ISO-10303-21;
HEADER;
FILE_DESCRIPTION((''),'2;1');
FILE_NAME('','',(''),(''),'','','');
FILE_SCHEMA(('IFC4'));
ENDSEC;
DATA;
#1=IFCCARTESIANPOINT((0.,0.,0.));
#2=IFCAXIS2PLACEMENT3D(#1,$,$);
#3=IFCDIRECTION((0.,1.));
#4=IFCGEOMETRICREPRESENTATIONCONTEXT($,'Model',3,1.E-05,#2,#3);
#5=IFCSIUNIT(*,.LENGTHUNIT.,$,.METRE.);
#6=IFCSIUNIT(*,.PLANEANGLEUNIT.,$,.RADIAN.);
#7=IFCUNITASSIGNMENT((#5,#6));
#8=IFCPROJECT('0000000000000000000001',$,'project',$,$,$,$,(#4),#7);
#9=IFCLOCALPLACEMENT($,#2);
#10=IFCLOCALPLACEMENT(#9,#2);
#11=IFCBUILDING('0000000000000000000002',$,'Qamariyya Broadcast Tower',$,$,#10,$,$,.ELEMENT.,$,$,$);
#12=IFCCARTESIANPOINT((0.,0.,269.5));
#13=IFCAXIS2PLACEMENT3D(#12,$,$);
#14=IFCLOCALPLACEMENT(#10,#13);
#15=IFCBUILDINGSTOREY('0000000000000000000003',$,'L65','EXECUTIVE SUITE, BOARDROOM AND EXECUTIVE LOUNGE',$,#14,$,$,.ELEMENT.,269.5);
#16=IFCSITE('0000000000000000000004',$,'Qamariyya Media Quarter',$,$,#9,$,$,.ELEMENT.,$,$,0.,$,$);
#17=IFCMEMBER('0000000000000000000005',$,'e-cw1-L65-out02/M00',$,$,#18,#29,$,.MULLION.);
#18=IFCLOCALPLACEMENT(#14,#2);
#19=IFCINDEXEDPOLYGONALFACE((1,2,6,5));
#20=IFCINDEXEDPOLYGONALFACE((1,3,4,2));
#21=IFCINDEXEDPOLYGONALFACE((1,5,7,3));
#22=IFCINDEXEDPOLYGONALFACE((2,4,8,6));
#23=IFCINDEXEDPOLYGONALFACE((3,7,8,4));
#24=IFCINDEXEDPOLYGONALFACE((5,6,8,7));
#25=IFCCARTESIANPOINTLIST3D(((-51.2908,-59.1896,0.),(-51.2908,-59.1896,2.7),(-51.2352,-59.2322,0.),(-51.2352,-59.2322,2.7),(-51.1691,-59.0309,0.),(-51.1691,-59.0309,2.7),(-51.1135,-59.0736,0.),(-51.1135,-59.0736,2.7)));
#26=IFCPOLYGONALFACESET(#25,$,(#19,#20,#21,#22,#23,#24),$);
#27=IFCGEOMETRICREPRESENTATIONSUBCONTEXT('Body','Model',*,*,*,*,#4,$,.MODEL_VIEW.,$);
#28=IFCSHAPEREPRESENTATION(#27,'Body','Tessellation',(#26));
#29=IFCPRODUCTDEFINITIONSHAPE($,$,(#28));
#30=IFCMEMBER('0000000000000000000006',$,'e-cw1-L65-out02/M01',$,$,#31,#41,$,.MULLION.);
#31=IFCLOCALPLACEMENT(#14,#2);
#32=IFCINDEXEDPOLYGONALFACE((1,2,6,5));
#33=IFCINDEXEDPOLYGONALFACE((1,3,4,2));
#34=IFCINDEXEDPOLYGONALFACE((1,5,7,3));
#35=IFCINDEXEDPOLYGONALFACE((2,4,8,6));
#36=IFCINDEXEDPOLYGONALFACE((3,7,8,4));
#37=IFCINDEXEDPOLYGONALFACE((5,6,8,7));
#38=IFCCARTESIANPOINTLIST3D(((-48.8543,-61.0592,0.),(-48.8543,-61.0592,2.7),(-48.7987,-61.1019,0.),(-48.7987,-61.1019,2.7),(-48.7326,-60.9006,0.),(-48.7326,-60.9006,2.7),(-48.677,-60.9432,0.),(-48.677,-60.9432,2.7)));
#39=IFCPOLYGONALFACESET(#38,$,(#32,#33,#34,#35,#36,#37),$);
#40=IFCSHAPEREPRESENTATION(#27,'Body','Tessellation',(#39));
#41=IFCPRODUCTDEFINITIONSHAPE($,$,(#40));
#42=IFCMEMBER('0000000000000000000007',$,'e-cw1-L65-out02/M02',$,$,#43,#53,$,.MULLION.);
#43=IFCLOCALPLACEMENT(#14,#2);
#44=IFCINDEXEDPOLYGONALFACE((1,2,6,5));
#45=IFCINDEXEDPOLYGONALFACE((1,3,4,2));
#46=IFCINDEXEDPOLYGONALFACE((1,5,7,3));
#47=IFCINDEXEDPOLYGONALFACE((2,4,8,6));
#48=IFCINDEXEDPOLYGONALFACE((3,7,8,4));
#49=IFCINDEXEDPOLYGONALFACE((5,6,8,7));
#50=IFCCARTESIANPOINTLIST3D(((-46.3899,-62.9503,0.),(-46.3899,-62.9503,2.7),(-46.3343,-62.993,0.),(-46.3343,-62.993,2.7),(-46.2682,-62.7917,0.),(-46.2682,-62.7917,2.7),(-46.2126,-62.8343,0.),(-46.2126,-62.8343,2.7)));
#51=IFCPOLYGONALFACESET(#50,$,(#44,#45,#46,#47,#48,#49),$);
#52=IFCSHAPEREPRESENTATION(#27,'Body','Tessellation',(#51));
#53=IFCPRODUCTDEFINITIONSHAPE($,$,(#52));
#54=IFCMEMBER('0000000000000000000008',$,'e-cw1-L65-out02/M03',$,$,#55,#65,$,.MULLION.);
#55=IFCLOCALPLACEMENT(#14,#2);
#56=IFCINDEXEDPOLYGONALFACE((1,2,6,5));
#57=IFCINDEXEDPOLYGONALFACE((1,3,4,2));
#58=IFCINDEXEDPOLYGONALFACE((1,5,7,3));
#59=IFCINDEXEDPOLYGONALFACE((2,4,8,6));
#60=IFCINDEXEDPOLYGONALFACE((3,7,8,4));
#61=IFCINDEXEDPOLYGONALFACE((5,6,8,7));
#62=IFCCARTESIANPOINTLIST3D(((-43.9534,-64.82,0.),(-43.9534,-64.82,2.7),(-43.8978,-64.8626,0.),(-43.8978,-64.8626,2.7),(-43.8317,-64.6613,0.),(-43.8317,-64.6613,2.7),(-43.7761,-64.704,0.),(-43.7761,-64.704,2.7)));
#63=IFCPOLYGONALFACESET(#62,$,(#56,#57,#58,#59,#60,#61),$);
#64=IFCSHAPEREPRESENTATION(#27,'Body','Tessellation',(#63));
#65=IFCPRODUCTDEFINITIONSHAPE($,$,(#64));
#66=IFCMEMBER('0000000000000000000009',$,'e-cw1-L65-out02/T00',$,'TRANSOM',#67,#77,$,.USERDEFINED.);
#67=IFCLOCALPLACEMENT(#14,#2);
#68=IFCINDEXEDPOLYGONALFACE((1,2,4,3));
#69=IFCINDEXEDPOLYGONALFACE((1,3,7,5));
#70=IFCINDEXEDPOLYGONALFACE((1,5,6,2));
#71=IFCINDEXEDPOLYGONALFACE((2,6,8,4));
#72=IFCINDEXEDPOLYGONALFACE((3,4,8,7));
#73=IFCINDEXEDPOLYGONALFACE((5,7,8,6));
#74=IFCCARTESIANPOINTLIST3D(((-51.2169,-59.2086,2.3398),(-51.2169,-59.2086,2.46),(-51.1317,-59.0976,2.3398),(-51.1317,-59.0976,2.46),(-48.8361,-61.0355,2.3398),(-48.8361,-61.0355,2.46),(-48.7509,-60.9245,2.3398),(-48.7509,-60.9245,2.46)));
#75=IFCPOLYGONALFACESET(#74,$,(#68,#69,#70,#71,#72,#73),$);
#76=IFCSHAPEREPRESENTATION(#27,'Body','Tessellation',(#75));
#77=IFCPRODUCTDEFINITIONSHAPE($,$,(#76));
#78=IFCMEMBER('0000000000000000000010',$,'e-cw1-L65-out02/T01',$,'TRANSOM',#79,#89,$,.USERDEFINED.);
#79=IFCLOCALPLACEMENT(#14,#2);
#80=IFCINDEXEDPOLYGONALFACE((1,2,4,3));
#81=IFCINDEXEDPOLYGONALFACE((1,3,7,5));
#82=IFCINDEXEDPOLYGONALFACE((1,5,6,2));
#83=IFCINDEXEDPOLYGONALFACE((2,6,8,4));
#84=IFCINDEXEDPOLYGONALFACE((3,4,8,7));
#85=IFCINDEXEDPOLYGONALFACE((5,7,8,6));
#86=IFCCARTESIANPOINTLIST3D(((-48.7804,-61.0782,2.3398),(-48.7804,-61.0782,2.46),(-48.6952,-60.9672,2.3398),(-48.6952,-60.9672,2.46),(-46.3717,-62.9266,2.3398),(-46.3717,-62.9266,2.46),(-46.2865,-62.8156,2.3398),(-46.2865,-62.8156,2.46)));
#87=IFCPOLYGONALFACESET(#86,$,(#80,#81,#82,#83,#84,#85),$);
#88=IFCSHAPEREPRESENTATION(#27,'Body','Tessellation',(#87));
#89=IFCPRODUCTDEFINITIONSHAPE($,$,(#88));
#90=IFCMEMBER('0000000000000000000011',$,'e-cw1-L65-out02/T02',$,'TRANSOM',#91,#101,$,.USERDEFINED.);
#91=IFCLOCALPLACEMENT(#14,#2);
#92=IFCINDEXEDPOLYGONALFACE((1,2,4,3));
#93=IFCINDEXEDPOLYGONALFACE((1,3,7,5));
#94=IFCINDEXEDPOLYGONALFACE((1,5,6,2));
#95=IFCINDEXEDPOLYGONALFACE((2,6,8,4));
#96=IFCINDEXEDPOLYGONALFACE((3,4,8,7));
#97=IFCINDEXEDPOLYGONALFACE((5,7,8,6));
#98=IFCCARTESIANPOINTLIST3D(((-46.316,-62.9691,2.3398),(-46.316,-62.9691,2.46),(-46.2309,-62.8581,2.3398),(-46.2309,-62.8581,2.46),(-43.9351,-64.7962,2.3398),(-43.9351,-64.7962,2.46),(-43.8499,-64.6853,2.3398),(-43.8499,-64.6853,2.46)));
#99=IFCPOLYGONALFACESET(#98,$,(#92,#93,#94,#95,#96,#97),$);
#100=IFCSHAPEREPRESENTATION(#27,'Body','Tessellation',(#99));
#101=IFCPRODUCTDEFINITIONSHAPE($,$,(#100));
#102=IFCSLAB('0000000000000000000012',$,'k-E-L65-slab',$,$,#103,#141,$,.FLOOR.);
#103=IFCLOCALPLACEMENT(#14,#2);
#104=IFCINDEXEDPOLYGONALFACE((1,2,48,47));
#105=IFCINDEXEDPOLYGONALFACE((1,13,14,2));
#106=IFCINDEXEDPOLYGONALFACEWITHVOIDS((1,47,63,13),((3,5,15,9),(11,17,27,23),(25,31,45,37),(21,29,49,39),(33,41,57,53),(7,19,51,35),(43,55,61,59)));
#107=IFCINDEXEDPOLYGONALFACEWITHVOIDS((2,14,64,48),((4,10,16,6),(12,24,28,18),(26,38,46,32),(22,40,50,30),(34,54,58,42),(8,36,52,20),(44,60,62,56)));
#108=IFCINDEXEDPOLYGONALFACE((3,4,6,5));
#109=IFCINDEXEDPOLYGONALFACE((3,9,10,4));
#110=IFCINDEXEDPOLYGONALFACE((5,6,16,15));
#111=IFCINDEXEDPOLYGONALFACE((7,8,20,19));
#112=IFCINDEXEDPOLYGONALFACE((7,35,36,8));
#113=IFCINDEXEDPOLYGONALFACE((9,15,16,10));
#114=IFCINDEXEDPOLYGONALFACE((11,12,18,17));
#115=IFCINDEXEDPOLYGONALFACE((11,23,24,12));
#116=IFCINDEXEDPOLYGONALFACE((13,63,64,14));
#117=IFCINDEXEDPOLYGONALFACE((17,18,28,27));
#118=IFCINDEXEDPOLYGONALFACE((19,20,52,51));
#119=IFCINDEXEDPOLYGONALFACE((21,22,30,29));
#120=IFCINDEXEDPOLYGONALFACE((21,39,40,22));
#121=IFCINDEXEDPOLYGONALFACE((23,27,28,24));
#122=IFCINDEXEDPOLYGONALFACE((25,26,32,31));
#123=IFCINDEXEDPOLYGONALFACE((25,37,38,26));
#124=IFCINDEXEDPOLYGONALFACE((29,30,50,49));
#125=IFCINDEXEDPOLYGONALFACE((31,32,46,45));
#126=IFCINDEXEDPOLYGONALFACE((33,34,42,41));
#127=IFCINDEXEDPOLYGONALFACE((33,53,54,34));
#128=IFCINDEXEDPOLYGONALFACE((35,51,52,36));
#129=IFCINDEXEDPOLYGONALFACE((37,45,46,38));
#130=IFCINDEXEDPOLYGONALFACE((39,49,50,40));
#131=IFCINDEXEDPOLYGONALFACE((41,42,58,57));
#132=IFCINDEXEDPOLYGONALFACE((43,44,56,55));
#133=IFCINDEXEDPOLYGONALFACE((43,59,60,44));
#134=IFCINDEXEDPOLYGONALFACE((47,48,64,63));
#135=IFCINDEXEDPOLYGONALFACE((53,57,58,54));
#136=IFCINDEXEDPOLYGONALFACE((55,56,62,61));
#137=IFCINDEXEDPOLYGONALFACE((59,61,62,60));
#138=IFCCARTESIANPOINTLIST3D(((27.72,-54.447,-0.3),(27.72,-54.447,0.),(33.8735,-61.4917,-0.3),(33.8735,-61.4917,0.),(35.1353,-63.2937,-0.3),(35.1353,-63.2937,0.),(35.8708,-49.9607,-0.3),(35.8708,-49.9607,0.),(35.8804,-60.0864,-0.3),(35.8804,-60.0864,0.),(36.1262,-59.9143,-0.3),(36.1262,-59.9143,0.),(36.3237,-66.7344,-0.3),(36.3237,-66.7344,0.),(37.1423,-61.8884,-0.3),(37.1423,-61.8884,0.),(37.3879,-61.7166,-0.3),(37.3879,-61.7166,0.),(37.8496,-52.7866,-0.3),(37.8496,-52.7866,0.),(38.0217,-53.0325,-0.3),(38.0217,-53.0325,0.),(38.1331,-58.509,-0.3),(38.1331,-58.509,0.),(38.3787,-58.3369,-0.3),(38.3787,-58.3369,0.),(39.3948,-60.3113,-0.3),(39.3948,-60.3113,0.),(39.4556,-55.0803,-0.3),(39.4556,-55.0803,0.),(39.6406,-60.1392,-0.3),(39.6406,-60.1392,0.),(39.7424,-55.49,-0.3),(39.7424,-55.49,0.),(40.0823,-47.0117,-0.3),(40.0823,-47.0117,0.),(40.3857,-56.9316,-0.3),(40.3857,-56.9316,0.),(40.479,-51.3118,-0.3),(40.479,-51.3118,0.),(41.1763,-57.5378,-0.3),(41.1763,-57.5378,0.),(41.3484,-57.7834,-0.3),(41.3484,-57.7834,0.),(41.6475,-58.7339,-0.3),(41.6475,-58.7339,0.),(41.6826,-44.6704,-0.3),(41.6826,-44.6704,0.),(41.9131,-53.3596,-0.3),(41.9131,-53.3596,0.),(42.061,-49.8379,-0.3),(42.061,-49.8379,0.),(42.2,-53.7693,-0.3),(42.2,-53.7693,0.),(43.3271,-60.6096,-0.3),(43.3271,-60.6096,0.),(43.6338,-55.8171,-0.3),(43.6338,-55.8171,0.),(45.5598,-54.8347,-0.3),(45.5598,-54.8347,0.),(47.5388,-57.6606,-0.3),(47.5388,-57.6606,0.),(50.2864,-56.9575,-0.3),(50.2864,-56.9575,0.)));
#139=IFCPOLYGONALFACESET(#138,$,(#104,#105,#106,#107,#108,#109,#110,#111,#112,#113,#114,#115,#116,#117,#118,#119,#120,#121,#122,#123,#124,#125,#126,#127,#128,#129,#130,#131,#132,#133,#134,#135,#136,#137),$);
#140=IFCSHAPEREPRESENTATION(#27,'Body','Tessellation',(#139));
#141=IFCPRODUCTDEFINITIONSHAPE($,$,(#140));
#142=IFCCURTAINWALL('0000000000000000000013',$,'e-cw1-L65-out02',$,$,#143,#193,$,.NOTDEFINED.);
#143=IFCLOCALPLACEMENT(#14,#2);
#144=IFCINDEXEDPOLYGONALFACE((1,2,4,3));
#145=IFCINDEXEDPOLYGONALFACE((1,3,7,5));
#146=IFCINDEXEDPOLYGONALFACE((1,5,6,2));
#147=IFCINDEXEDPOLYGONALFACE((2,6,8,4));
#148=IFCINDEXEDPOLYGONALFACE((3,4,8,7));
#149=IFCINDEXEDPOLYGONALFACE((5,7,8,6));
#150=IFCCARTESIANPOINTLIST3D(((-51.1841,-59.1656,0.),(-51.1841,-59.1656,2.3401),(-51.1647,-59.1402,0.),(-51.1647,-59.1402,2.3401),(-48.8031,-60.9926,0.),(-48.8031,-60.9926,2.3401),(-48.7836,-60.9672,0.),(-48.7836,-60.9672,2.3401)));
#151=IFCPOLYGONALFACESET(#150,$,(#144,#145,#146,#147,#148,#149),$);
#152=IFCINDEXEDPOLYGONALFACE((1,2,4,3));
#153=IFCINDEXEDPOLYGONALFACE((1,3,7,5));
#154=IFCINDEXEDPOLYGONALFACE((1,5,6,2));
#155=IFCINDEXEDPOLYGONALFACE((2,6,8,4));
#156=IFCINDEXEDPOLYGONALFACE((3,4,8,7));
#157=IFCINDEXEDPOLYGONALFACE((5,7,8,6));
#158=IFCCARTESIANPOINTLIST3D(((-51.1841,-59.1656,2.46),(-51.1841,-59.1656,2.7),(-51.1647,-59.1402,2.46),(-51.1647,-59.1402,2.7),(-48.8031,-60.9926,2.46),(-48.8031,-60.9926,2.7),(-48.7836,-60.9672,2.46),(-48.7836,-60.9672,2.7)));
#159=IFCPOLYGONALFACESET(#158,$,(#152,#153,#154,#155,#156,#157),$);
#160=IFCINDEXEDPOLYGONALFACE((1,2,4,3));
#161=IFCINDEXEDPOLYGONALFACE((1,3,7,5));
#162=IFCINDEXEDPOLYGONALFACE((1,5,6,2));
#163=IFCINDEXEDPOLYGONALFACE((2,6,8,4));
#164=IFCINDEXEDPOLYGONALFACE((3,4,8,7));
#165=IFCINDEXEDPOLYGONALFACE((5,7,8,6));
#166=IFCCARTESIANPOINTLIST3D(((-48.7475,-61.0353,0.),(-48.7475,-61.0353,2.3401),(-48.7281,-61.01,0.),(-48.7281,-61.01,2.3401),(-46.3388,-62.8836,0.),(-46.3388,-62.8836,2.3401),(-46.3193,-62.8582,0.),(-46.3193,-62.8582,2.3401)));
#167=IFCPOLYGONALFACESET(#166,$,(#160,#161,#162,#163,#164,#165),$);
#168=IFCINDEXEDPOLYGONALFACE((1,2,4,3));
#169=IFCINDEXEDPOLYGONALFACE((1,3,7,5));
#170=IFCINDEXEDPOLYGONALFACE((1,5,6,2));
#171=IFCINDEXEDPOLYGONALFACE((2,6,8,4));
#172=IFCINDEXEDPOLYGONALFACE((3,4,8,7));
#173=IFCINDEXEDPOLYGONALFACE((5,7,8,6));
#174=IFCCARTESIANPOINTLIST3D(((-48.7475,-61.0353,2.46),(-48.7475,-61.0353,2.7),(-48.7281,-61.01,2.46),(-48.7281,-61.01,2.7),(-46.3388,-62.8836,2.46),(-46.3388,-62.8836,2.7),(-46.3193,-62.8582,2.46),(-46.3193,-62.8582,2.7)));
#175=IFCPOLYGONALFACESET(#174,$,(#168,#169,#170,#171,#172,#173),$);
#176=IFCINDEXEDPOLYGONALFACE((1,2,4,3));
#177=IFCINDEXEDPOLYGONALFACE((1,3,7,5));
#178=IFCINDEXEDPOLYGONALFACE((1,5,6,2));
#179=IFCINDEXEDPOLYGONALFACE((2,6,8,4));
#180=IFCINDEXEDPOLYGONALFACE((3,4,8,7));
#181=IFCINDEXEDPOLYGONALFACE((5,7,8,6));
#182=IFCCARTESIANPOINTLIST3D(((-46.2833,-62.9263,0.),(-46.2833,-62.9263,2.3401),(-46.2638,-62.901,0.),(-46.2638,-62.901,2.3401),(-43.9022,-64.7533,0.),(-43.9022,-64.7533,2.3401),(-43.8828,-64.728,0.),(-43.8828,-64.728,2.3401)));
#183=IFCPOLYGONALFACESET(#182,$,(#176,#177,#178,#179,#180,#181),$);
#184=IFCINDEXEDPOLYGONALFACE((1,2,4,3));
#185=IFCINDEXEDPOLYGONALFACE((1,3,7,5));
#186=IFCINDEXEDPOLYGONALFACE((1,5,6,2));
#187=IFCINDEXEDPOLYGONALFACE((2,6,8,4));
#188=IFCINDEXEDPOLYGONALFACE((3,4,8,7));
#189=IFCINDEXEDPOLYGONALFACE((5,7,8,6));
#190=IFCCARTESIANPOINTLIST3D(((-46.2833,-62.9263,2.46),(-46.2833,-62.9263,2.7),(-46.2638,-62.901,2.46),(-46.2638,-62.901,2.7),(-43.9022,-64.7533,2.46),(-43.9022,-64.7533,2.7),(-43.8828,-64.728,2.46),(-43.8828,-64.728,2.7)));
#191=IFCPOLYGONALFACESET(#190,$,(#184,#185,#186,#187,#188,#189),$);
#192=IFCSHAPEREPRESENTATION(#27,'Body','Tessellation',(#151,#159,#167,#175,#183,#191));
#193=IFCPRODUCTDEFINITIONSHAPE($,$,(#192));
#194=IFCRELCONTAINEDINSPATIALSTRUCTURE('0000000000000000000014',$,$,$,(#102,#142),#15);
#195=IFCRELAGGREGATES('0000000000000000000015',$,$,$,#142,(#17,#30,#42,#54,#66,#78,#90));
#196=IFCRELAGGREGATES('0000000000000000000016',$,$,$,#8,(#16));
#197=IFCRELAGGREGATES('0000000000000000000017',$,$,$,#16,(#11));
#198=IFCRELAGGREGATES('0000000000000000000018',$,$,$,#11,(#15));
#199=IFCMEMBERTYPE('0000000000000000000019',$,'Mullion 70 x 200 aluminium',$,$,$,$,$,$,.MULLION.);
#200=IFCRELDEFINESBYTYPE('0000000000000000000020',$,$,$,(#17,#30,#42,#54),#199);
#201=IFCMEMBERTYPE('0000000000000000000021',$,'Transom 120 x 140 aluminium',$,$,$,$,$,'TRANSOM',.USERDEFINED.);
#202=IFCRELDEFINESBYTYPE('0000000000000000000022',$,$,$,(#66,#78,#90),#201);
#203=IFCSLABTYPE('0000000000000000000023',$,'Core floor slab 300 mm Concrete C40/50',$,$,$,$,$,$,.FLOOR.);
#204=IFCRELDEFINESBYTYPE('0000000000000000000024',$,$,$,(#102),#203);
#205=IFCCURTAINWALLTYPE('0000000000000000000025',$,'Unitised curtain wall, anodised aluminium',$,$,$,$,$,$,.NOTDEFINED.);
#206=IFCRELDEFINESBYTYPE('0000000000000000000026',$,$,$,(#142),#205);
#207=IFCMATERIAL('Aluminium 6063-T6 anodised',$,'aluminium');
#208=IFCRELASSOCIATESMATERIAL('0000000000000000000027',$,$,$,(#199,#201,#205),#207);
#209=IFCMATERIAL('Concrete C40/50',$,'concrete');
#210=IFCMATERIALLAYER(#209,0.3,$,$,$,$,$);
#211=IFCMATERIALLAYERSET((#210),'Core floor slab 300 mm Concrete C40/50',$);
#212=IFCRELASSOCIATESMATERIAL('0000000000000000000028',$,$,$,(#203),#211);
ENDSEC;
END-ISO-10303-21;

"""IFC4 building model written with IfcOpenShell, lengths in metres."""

from ifc_helpers import new_model, si_unit, direction, frame, origin, origin_2d, place, context, subcontext, project, spatial, polyline, rectangle, outline, extrude, material, layer, layer_set, material_profile, profile_set, type_object, element, aggregate, save


model = new_model("IFC4")

# Units and contexts
model_context = context("Model", 3, precision=1e-05, world=origin(), true_north=direction((0.0, 1.0)))
body_context = subcontext(model_context, "Body", "Model", "MODEL_VIEW")
ifc_project = project(units=[si_unit("LENGTHUNIT", "METRE"), si_unit("PLANEANGLEUNIT", "RADIAN")], contexts=[model_context])

# Members
ifc_material_1 = material(Name="Aluminium 6063-T6 anodised", Category="aluminium")
ifc_material_profile_1 = material_profile(ifc_material_1, rectangle(XDim=0.2, YDim=0.0701, at=origin_2d()))
ifc_profile_set_1 = profile_set([ifc_material_profile_1], Name="Aluminium 6063-T6 anodised")
member_type_1 = type_object("IfcMemberType", Name="Mullion 70 x 200 aluminium", PredefinedType="MULLION", material=ifc_profile_set_1)
site_placement = place(None, origin())
building_placement = place(site_placement, origin())
storey_placement = place(building_placement, frame((0.0, 0.0, 269.5)))
member_1_placement = place(storey_placement, frame((-51.2021, -59.1316, 0.0), z_axis=(0.0, 0.0, 1.0), x_axis=(0.608761, 0.793353, 0.0)))
member_1 = element("IfcMember", 1, at=member_1_placement, type_object=member_type_1, Name="e-cw1-L65-out02/M00", PredefinedType="MULLION", context=body_context, shape_type="SweptSolid", body=[
    extrude(rectangle(XDim=0.2, YDim=0.0701, at=origin_2d()), origin(), (0.0, 0.0, 1.0), 2.7),
])
member_2_placement = place(storey_placement, frame((-48.7656, -61.0012, 0.0), z_axis=(0.0, 0.0, 1.0), x_axis=(0.608761, 0.793353, 0.0)))
member_2 = element("IfcMember", 2, at=member_2_placement, type_object=member_type_1, Name="e-cw1-L65-out02/M01", PredefinedType="MULLION", context=body_context, shape_type="SweptSolid", body=[
    extrude(rectangle(XDim=0.2, YDim=0.0701, at=origin_2d()), origin(), (0.0, 0.0, 1.0), 2.7),
])
member_3_placement = place(storey_placement, frame((-46.3013, -62.8923, 0.0), z_axis=(0.0, 0.0, 1.0), x_axis=(0.608761, 0.793353, 0.0)))
member_3 = element("IfcMember", 3, at=member_3_placement, type_object=member_type_1, Name="e-cw1-L65-out02/M02", PredefinedType="MULLION", context=body_context, shape_type="SweptSolid", body=[
    extrude(rectangle(XDim=0.2, YDim=0.0701, at=origin_2d()), origin(), (0.0, 0.0, 1.0), 2.7),
])
member_4_placement = place(storey_placement, frame((-43.8647, -64.762, 0.0), z_axis=(0.0, 0.0, 1.0), x_axis=(0.608761, 0.793353, 0.0)))
member_4 = element("IfcMember", 4, at=member_4_placement, type_object=member_type_1, Name="e-cw1-L65-out02/M03", PredefinedType="MULLION", context=body_context, shape_type="SweptSolid", body=[
    extrude(rectangle(XDim=0.2, YDim=0.0701, at=origin_2d()), origin(), (0.0, 0.0, 1.0), 2.7),
])
ifc_material_profile_2 = material_profile(ifc_material_1, rectangle(XDim=0.1399, YDim=0.1201, at=origin_2d()))
ifc_profile_set_2 = profile_set([ifc_material_profile_2], Name="Aluminium 6063-T6 anodised")
member_type_2 = type_object("IfcMemberType", Name="Transom 120 x 140 aluminium", ElementType="TRANSOM", PredefinedType="USERDEFINED", material=ifc_profile_set_2)
member_5_placement = place(storey_placement, frame((-51.1743, -59.1531, 2.3999), z_axis=(0.793352, -0.608763, 0.0), x_axis=(0.608763, 0.793352, 0.0)))
member_5 = element("IfcMember", 5, at=member_5_placement, type_object=member_type_2, Name="e-cw1-L65-out02/T00", ObjectType="TRANSOM", PredefinedType="USERDEFINED", context=body_context, shape_type="SweptSolid", body=[
    extrude(rectangle(XDim=0.1399, YDim=0.1201, at=origin_2d()), origin(), (0.0, 0.0, 1.0), 3.001),
])
member_6_placement = place(storey_placement, frame((-48.7378, -61.0227, 2.3999), z_axis=(0.793332, -0.608789, 0.0), x_axis=(0.608789, 0.793332, 0.0)))
member_6 = element("IfcMember", 6, at=member_6_placement, type_object=member_type_2, Name="e-cw1-L65-out02/T01", ObjectType="TRANSOM", PredefinedType="USERDEFINED", context=body_context, shape_type="SweptSolid", body=[
    extrude(rectangle(XDim=0.1399, YDim=0.1201, at=origin_2d()), origin(), (0.0, 0.0, 1.0), 3.0361),
])
member_7_placement = place(storey_placement, frame((-46.2734, -62.9136, 2.3999), z_axis=(0.793313, -0.608814, 0.0), x_axis=(0.608814, 0.793313, 0.0)))
member_7 = element("IfcMember", 7, at=member_7_placement, type_object=member_type_2, Name="e-cw1-L65-out02/T02", ObjectType="TRANSOM", PredefinedType="USERDEFINED", context=body_context, shape_type="SweptSolid", body=[
    extrude(rectangle(XDim=0.1399, YDim=0.1201, at=origin_2d()), origin(), (0.0, 0.0, 1.0), 3.0012),
])

# Site, building, storey
site = spatial("IfcSite", under=ifc_project, at=site_placement, Name="Qamariyya Media Quarter", CompositionType="ELEMENT", RefElevation=0.0)
building = spatial("IfcBuilding", under=site, at=building_placement, Name="Qamariyya Broadcast Tower", CompositionType="ELEMENT")
storey = spatial("IfcBuildingStorey", under=building, at=storey_placement, Name="L65", Description="EXECUTIVE SUITE, BOARDROOM AND EXECUTIVE LOUNGE", CompositionType="ELEMENT", Elevation=269.5)

# Slab
ifc_material_2 = material(Name="Concrete C40/50", Category="concrete")
ifc_layer = layer(ifc_material_2, 0.3)
ifc_layer_set = layer_set([ifc_layer], Name="Core floor slab 300 mm Concrete C40/50")
slab_type = type_object("IfcSlabType", Name="Core floor slab 300 mm Concrete C40/50", PredefinedType="FLOOR", material=ifc_layer_set)
slab_placement = place(storey_placement, frame((0.0, 0.0, -0.3)))
element("IfcSlab", 8, at=slab_placement, inside=storey, type_object=slab_type, Name="k-E-L65-slab", PredefinedType="FLOOR", context=body_context, shape_type="SweptSolid", body=[
    extrude(outline(polyline([(36.3237, -66.7344), (50.2864, -56.9575), (41.6826, -44.6704), (27.72, -54.447), (36.3237, -66.7344)]), holes=[polyline([(33.8735, -61.4917), (35.8804, -60.0864), (37.1423, -61.8884), (35.1353, -63.2937), (33.8735, -61.4917)]), polyline([(36.1262, -59.9143), (38.1331, -58.509), (39.3948, -60.3113), (37.3879, -61.7166), (36.1262, -59.9143)]), polyline([(38.3787, -58.3369), (40.3857, -56.9316), (41.6475, -58.7339), (39.6406, -60.1392), (38.3787, -58.3369)]), polyline([(39.7424, -55.49), (42.2, -53.7693), (43.6338, -55.8171), (41.1763, -57.5378), (39.7424, -55.49)]), polyline([(39.4556, -55.0803), (41.9131, -53.3596), (40.479, -51.3118), (38.0217, -53.0325), (39.4556, -55.0803)]), polyline([(40.0823, -47.0117), (35.8708, -49.9607), (37.8496, -52.7866), (42.061, -49.8379), (40.0823, -47.0117)]), polyline([(45.5598, -54.8347), (41.3484, -57.7834), (43.3271, -60.6096), (47.5388, -57.6606), (45.5598, -54.8347)])]), origin(), (0.0, 0.0, 1.0), 0.3),
])

# Curtain wall
curtain_wall_type = type_object("IfcCurtainWallType", Name="Unitised curtain wall, anodised aluminium", PredefinedType="NOTDEFINED", material=ifc_material_1)
curtain_wall_1_placement = place(storey_placement, origin())
curtain_wall_1 = element("IfcCurtainWall", 9, at=curtain_wall_1_placement, inside=storey, type_object=curtain_wall_type, Name="e-cw1-L65-out02", PredefinedType="NOTDEFINED", context=body_context, shape_type="SweptSolid", body=[
    extrude(rectangle(XDim=3.0012, YDim=0.032, at=origin_2d()), frame((-49.9839, -60.0664, 0.0), x_axis=(0.793356, -0.608758, 0.0)), (0.0, 0.0, 1.0), 2.3401),
    extrude(rectangle(XDim=3.0012, YDim=0.032, at=origin_2d()), frame((-49.9839, -60.0664, 2.46), x_axis=(0.793356, -0.608758, 0.0)), (0.0, 0.0, 1.0), 0.24),
    extrude(rectangle(XDim=3.0361, YDim=0.032, at=origin_2d()), frame((-47.5334, -61.9468, 0.0), x_axis=(0.793356, -0.608758, 0.0)), (0.0, 0.0, 1.0), 2.3401),
    extrude(rectangle(XDim=3.0361, YDim=0.032, at=origin_2d()), frame((-47.5334, -61.9468, 2.46), x_axis=(0.793356, -0.608758, 0.0)), (0.0, 0.0, 1.0), 0.24),
    extrude(rectangle(XDim=3.0012, YDim=0.032, at=origin_2d()), frame((-45.083, -63.8271, 0.0), x_axis=(0.793356, -0.608758, 0.0)), (0.0, 0.0, 1.0), 2.3401),
    extrude(rectangle(XDim=3.0012, YDim=0.032, at=origin_2d()), frame((-45.083, -63.8271, 2.46), x_axis=(0.793356, -0.608758, 0.0)), (0.0, 0.0, 1.0), 0.24),
])
aggregate(curtain_wall_1, [member_1, member_2, member_3, member_4, member_5, member_6, member_7])

save(model, "model.ifc")
